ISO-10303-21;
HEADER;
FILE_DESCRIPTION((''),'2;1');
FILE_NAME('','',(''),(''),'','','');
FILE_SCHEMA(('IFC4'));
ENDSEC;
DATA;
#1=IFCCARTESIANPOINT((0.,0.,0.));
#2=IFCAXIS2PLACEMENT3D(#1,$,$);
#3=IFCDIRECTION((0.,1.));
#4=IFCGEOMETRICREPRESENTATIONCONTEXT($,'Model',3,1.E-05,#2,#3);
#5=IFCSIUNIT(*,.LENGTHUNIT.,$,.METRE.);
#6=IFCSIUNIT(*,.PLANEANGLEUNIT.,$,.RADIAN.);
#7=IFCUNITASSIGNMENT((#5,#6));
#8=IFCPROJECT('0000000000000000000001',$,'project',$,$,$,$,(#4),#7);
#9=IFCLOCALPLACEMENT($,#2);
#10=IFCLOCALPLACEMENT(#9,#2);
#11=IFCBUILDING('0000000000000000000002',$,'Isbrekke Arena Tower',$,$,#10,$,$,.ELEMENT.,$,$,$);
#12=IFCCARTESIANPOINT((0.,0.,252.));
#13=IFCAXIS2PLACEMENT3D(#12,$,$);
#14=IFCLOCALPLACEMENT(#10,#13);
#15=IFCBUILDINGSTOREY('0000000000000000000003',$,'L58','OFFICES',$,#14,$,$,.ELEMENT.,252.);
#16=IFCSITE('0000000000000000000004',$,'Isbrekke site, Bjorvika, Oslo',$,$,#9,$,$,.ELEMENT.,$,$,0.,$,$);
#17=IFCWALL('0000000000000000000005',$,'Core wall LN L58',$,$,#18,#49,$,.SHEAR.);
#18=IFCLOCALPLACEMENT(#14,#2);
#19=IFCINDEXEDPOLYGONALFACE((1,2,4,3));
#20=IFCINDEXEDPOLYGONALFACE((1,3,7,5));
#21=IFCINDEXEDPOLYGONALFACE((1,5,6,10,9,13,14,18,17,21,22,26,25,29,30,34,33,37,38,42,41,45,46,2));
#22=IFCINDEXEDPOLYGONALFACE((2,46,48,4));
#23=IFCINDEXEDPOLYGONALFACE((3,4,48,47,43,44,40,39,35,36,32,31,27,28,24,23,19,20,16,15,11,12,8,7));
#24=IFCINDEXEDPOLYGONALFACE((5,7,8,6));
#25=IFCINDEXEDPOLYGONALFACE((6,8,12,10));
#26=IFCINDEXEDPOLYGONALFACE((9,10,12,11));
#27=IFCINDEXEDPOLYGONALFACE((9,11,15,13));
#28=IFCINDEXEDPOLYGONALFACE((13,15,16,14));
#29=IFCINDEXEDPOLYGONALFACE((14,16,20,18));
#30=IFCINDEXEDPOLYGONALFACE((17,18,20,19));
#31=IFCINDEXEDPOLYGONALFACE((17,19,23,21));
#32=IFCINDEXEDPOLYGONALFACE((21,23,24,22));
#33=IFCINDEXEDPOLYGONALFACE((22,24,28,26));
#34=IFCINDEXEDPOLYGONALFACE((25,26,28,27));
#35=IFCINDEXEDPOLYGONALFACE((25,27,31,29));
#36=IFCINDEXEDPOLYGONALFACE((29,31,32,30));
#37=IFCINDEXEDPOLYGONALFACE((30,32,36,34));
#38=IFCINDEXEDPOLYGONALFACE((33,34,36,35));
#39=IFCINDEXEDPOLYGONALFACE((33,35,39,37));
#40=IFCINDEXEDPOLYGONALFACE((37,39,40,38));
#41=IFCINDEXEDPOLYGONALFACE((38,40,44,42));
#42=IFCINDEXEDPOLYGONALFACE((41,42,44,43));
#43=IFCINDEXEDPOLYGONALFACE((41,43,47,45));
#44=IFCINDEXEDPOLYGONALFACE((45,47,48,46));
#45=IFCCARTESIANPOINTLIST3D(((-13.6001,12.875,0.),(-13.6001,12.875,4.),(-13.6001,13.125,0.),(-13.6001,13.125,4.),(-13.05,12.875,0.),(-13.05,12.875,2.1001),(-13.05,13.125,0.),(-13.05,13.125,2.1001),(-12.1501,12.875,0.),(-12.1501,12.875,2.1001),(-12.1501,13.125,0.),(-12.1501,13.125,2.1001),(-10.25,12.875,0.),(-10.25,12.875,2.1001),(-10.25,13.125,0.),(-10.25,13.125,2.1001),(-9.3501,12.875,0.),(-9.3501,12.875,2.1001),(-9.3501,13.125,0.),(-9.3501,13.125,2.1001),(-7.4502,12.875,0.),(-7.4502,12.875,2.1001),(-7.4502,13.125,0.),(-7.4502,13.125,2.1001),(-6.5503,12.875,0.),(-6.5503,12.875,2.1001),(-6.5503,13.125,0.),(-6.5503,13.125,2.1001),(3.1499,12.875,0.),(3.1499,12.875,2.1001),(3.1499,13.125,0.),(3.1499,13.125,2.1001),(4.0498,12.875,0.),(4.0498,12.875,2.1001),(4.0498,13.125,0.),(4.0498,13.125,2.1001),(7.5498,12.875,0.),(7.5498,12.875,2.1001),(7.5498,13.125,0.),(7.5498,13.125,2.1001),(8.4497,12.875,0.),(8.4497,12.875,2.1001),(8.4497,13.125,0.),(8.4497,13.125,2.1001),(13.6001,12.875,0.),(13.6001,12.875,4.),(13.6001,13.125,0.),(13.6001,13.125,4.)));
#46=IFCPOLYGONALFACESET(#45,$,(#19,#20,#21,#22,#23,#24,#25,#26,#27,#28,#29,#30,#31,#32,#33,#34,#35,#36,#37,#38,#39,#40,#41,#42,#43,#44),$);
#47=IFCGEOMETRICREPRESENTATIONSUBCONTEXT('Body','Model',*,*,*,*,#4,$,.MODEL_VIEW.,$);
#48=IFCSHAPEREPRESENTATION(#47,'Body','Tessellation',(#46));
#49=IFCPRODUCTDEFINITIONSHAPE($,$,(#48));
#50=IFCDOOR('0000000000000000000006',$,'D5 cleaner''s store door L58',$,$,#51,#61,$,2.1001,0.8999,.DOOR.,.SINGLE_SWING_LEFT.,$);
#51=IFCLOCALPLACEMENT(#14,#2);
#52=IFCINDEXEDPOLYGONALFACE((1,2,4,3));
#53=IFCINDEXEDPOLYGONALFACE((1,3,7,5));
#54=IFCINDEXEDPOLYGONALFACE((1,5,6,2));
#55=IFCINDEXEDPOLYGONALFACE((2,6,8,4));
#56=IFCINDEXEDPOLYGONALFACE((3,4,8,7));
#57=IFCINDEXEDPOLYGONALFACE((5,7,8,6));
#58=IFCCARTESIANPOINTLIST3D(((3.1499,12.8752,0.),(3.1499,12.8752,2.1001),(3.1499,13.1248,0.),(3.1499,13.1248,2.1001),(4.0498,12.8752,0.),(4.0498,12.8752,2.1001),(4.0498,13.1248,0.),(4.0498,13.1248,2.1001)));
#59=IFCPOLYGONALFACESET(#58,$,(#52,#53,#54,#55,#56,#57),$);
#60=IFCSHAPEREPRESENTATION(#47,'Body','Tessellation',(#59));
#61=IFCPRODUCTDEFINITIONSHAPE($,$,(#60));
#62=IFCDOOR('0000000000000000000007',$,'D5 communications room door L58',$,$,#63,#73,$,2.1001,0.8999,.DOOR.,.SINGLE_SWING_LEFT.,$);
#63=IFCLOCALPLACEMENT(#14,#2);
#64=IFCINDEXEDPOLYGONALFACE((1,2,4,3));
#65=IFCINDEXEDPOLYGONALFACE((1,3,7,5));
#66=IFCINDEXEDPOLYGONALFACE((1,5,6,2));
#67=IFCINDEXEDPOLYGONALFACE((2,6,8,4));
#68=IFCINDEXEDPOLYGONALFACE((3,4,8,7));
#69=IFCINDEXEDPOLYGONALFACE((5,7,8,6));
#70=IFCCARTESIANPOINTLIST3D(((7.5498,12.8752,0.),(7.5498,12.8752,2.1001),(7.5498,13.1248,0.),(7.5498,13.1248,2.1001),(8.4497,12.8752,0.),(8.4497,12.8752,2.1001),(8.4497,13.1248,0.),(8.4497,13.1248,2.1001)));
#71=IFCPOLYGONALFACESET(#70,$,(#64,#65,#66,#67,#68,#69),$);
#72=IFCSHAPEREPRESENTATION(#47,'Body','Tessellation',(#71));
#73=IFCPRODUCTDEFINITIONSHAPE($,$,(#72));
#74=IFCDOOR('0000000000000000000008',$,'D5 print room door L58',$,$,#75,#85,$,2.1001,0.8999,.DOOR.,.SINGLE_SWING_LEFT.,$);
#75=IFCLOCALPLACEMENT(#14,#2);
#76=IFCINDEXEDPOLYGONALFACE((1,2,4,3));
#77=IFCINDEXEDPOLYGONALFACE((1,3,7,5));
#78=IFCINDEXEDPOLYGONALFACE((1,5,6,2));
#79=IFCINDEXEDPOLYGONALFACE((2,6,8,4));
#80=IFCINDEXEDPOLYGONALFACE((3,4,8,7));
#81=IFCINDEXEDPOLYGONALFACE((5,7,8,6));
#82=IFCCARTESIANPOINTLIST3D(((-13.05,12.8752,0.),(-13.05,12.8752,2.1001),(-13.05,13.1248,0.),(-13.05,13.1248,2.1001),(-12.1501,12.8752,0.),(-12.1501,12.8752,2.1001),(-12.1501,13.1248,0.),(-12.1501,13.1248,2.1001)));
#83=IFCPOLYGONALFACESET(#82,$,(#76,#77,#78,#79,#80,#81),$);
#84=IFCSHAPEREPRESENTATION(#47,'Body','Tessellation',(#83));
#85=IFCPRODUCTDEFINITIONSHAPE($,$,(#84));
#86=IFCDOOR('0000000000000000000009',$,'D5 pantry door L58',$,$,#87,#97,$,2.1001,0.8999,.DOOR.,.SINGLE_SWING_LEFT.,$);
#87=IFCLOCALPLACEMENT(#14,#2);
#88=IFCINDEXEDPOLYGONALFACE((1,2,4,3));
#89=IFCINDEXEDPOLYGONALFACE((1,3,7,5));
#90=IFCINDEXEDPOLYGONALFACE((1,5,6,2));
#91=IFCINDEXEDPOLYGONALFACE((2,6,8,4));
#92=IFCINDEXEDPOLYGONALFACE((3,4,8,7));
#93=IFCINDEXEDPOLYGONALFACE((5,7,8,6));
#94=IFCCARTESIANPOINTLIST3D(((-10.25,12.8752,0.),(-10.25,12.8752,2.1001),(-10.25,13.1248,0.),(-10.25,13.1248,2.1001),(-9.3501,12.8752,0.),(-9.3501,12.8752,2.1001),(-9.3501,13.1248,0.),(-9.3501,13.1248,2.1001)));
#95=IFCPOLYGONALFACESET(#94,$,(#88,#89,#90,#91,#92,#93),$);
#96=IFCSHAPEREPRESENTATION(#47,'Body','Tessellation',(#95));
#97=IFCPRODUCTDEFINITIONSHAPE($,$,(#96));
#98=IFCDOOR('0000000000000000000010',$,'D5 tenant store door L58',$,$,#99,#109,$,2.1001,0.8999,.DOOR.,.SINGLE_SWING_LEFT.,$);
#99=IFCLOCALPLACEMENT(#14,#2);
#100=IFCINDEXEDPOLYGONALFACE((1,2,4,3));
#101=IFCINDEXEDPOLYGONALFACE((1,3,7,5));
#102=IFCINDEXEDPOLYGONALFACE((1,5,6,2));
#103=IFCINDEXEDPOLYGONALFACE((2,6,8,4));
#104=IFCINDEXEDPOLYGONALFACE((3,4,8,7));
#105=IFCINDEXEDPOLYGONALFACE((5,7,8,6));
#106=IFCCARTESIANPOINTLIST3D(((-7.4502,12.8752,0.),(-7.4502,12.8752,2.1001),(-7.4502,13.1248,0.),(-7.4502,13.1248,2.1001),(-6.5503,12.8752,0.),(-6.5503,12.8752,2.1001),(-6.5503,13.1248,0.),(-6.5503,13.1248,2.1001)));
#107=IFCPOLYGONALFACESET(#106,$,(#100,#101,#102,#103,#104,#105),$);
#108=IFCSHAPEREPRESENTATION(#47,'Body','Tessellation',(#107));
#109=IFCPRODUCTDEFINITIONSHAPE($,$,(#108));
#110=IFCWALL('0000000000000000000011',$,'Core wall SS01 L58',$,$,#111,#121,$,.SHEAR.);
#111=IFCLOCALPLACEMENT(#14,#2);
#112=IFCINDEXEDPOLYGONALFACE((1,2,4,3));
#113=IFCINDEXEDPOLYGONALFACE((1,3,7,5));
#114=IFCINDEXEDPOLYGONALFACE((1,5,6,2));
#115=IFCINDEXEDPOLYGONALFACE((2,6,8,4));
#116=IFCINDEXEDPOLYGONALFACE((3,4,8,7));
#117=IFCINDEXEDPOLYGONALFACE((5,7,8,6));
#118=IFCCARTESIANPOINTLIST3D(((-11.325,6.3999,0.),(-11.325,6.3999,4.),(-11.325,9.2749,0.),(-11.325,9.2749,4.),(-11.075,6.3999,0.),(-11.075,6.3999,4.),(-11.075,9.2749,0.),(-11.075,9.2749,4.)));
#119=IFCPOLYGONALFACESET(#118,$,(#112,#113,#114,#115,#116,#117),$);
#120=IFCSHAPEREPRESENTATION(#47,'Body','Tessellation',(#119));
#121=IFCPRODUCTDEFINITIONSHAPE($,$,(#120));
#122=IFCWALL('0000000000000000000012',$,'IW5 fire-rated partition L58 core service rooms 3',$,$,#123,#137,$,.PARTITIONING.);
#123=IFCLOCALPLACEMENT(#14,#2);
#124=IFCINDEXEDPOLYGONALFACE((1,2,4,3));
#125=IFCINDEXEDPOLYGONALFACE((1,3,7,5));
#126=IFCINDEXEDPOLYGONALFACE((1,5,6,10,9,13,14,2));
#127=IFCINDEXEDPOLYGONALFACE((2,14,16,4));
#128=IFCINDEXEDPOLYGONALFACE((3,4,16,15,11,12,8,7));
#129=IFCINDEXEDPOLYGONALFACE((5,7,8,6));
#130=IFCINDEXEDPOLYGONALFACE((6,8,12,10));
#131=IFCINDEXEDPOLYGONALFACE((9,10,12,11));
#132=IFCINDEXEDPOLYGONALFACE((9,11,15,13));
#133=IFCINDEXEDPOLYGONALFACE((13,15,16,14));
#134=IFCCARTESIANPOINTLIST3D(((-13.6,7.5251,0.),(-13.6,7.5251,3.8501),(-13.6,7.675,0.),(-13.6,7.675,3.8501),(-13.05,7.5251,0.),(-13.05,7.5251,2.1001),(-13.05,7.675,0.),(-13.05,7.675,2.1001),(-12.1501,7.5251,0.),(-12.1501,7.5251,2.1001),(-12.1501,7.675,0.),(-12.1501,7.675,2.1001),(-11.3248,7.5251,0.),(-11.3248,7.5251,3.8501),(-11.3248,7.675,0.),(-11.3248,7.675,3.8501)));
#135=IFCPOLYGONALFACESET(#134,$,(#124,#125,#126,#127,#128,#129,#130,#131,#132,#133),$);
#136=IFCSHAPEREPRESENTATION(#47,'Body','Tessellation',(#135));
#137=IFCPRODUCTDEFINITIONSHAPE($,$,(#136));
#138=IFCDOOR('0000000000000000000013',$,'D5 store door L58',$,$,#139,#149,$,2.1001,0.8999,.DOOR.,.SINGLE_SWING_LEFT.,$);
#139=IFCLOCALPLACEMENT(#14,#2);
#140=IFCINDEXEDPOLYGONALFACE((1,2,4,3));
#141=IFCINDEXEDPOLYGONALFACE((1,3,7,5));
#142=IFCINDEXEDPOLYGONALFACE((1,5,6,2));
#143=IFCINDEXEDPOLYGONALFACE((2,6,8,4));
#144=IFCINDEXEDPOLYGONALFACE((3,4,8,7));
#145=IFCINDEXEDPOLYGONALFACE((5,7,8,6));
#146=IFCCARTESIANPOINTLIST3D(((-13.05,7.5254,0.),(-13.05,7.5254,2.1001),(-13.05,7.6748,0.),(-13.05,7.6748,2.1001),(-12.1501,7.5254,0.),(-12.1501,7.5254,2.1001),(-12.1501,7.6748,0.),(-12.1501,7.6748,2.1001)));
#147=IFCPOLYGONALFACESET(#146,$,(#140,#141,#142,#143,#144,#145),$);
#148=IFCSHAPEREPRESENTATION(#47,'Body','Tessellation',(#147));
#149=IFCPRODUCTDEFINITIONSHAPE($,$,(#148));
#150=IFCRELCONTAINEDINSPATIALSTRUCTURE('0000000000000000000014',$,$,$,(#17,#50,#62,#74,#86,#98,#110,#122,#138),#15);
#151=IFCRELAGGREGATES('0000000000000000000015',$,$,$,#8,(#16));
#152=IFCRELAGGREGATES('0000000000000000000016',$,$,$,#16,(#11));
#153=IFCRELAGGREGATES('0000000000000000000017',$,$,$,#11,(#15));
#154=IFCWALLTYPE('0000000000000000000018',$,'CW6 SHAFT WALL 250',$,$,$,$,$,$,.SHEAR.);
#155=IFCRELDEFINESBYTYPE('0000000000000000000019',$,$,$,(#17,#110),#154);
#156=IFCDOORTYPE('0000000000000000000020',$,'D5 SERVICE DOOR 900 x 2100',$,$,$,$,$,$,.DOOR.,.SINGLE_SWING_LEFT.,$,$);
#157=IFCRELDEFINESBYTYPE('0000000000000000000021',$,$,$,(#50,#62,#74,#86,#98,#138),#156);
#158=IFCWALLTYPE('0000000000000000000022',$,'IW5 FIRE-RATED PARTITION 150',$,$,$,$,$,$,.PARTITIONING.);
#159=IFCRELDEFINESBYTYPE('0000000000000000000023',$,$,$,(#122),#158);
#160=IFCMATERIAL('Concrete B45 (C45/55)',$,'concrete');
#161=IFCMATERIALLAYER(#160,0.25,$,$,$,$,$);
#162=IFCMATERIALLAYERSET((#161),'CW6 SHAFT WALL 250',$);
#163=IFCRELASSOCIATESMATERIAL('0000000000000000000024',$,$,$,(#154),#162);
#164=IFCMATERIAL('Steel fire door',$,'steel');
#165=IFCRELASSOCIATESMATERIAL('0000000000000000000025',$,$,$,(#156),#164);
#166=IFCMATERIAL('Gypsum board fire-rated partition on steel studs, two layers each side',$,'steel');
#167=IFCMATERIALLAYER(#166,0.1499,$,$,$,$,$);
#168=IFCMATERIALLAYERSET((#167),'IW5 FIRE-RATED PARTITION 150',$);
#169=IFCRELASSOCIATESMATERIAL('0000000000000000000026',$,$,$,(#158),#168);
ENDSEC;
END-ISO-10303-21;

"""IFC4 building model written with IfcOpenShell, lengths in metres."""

from ifc_helpers import new_model, si_unit, direction, frame, frame_2d, origin, place, context, subcontext, project, spatial, rectangle, extrude, material, layer, layer_set, type_object, element, fill, save


model = new_model("IFC4")

# Units and contexts
model_context = context("Model", 3, precision=1e-05, world=origin(), true_north=direction((0.0, 1.0)))
body_context = subcontext(model_context, "Body", "Model", "MODEL_VIEW")
ifc_project = project(units=[si_unit("LENGTHUNIT", "METRE"), si_unit("PLANEANGLEUNIT", "RADIAN")], contexts=[model_context])

# Site, building, storey
site_placement = place(None, origin())
site = spatial("IfcSite", under=ifc_project, at=site_placement, Name="Isbrekke site, Bjorvika, Oslo", CompositionType="ELEMENT", RefElevation=0.0)
building_placement = place(site_placement, origin())
building = spatial("IfcBuilding", under=site, at=building_placement, Name="Isbrekke Arena Tower", CompositionType="ELEMENT")
storey_placement = place(building_placement, frame((0.0, 0.0, 252.0)))
storey = spatial("IfcBuildingStorey", under=building, at=storey_placement, Name="L58", Description="OFFICES", CompositionType="ELEMENT", Elevation=252.0)

# Wall, openings, doors
ifc_material_1 = material(Name="Concrete B45 (C45/55)", Category="concrete")
ifc_layer_1 = layer(ifc_material_1, 0.25)
ifc_layer_set_1 = layer_set([ifc_layer_1], Name="CW6 SHAFT WALL 250")
wall_type_1 = type_object("IfcWallType", Name="CW6 SHAFT WALL 250", PredefinedType="SHEAR", material=ifc_layer_set_1)
ifc_material_2 = material(Name="Steel fire door", Category="steel")
door_type_1 = type_object("IfcDoorType", Name="D5 SERVICE DOOR 900 x 2100", OperationType="SINGLE_SWING_LEFT", PredefinedType="DOOR", material=ifc_material_2)
wall_1_placement = place(storey_placement, frame((-13.6001, 13.0, 0.0), z_axis=(0.0, 0.0, 1.0), x_axis=(1.0, 0.0, 0.0)))
wall_1 = element("IfcWall", 1, at=wall_1_placement, inside=storey, type_object=wall_type_1, Name="Core wall LN L58", PredefinedType="SHEAR", context=body_context, shape_type="SweptSolid", body=[
    extrude(rectangle(XDim=27.2002, YDim=0.25, at=frame_2d((13.6001, 0.0))), origin(), (0.0, 0.0, 1.0), 4.0),
])
opening_1_placement = place(wall_1_placement, frame((16.75, 0.0, 0.0)))
opening_1 = element("IfcOpeningElement", 2, at=opening_1_placement, cuts=wall_1, PredefinedType="OPENING", context=body_context, shape_type="SweptSolid", body=[
    extrude(rectangle(XDim=0.8999, YDim=2.1001, at=frame_2d((0.45, 1.05))), frame((0.0, 0.1399, 0.0), z_axis=(0.0, -1.0, 0.0), x_axis=(1.0, 0.0, 0.0)), (0.0, 0.0, 1.0), 0.2798),
])
opening_2_placement = place(wall_1_placement, frame((21.1499, 0.0, 0.0)))
opening_2 = element("IfcOpeningElement", 3, at=opening_2_placement, cuts=wall_1, PredefinedType="OPENING", context=body_context, shape_type="SweptSolid", body=[
    extrude(rectangle(XDim=0.8999, YDim=2.1001, at=frame_2d((0.45, 1.05))), frame((0.0, 0.1399, 0.0), z_axis=(0.0, -1.0, 0.0), x_axis=(1.0, 0.0, 0.0)), (0.0, 0.0, 1.0), 0.2798),
])
opening_3_placement = place(wall_1_placement, frame((0.55, 0.0, 0.0)))
opening_3 = element("IfcOpeningElement", 4, at=opening_3_placement, cuts=wall_1, PredefinedType="OPENING", context=body_context, shape_type="SweptSolid", body=[
    extrude(rectangle(XDim=0.8999, YDim=2.1001, at=frame_2d((0.45, 1.05))), frame((0.0, 0.1399, 0.0), z_axis=(0.0, -1.0, 0.0), x_axis=(1.0, 0.0, 0.0)), (0.0, 0.0, 1.0), 0.2798),
])
opening_4_placement = place(wall_1_placement, frame((3.3501, 0.0, 0.0)))
opening_4 = element("IfcOpeningElement", 5, at=opening_4_placement, cuts=wall_1, PredefinedType="OPENING", context=body_context, shape_type="SweptSolid", body=[
    extrude(rectangle(XDim=0.8999, YDim=2.1001, at=frame_2d((0.45, 1.05))), frame((0.0, 0.1399, 0.0), z_axis=(0.0, -1.0, 0.0), x_axis=(1.0, 0.0, 0.0)), (0.0, 0.0, 1.0), 0.2798),
])
opening_5_placement = place(wall_1_placement, frame((6.1499, 0.0, 0.0)))
opening_5 = element("IfcOpeningElement", 6, at=opening_5_placement, cuts=wall_1, PredefinedType="OPENING", context=body_context, shape_type="SweptSolid", body=[
    extrude(rectangle(XDim=0.8999, YDim=2.1001, at=frame_2d((0.45, 1.05))), frame((0.0, 0.1399, 0.0), z_axis=(0.0, -1.0, 0.0), x_axis=(1.0, 0.0, 0.0)), (0.0, 0.0, 1.0), 0.2798),
])
door_1_placement = place(opening_1_placement, origin())
door_1 = element("IfcDoor", 7, at=door_1_placement, inside=storey, type_object=door_type_1, Name="D5 cleaner's store door L58", OperationType="SINGLE_SWING_LEFT", OverallHeight=2.1001, OverallWidth=0.8999, PredefinedType="DOOR", context=body_context, shape_type="SweptSolid", body=[
    extrude(rectangle(XDim=0.8999, YDim=2.1001, at=frame_2d((0.45, 1.05))), frame((0.0, 0.1248, 0.0), z_axis=(0.0, -1.0, 0.0), x_axis=(1.0, 0.0, 0.0)), (0.0, 0.0, 1.0), 0.2495),
])
fill(opening_1, door_1)
door_2_placement = place(opening_2_placement, origin())
door_2 = element("IfcDoor", 8, at=door_2_placement, inside=storey, type_object=door_type_1, Name="D5 communications room door L58", OperationType="SINGLE_SWING_LEFT", OverallHeight=2.1001, OverallWidth=0.8999, PredefinedType="DOOR", context=body_context, shape_type="SweptSolid", body=[
    extrude(rectangle(XDim=0.8999, YDim=2.1001, at=frame_2d((0.45, 1.05))), frame((0.0, 0.1248, 0.0), z_axis=(0.0, -1.0, 0.0), x_axis=(1.0, 0.0, 0.0)), (0.0, 0.0, 1.0), 0.2495),
])
fill(opening_2, door_2)
door_3_placement = place(opening_3_placement, origin())
door_3 = element("IfcDoor", 9, at=door_3_placement, inside=storey, type_object=door_type_1, Name="D5 print room door L58", OperationType="SINGLE_SWING_LEFT", OverallHeight=2.1001, OverallWidth=0.8999, PredefinedType="DOOR", context=body_context, shape_type="SweptSolid", body=[
    extrude(rectangle(XDim=0.8999, YDim=2.1001, at=frame_2d((0.45, 1.05))), frame((0.0, 0.1248, 0.0), z_axis=(0.0, -1.0, 0.0), x_axis=(1.0, 0.0, 0.0)), (0.0, 0.0, 1.0), 0.2495),
])
fill(opening_3, door_3)
door_4_placement = place(opening_4_placement, origin())
door_4 = element("IfcDoor", 10, at=door_4_placement, inside=storey, type_object=door_type_1, Name="D5 pantry door L58", OperationType="SINGLE_SWING_LEFT", OverallHeight=2.1001, OverallWidth=0.8999, PredefinedType="DOOR", context=body_context, shape_type="SweptSolid", body=[
    extrude(rectangle(XDim=0.8999, YDim=2.1001, at=frame_2d((0.45, 1.05))), frame((0.0, 0.1248, 0.0), z_axis=(0.0, -1.0, 0.0), x_axis=(1.0, 0.0, 0.0)), (0.0, 0.0, 1.0), 0.2495),
])
fill(opening_4, door_4)
door_5_placement = place(opening_5_placement, origin())
door_5 = element("IfcDoor", 11, at=door_5_placement, inside=storey, type_object=door_type_1, Name="D5 tenant store door L58", OperationType="SINGLE_SWING_LEFT", OverallHeight=2.1001, OverallWidth=0.8999, PredefinedType="DOOR", context=body_context, shape_type="SweptSolid", body=[
    extrude(rectangle(XDim=0.8999, YDim=2.1001, at=frame_2d((0.45, 1.05))), frame((0.0, 0.1248, 0.0), z_axis=(0.0, -1.0, 0.0), x_axis=(1.0, 0.0, 0.0)), (0.0, 0.0, 1.0), 0.2495),
])
fill(opening_5, door_5)

# Wall
wall_2_placement = place(storey_placement, frame((-11.2, 6.3999, 0.0), z_axis=(0.0, 0.0, 1.0), x_axis=(0.0, 1.0, 0.0)))
element("IfcWall", 12, at=wall_2_placement, inside=storey, type_object=wall_type_1, Name="Core wall SS01 L58", PredefinedType="SHEAR", context=body_context, shape_type="SweptSolid", body=[
    extrude(rectangle(XDim=2.875, YDim=0.25, at=frame_2d((1.4375, 0.0))), origin(), (0.0, 0.0, 1.0), 4.0),
])

# Wall, opening, door
ifc_material_3 = material(Name="Gypsum board fire-rated partition on steel studs, two layers each side", Category="steel")
ifc_layer_2 = layer(ifc_material_3, 0.1499)
ifc_layer_set_2 = layer_set([ifc_layer_2], Name="IW5 FIRE-RATED PARTITION 150")
wall_type_2 = type_object("IfcWallType", Name="IW5 FIRE-RATED PARTITION 150", PredefinedType="PARTITIONING", material=ifc_layer_set_2)
wall_3_placement = place(storey_placement, frame((-13.6001, 7.6001, 0.0), z_axis=(0.0, 0.0, 1.0), x_axis=(1.0, 0.0, 0.0)))
wall_3 = element("IfcWall", 13, at=wall_3_placement, inside=storey, type_object=wall_type_2, Name="IW5 fire-rated partition L58 core service rooms 3", PredefinedType="PARTITIONING", context=body_context, shape_type="SweptSolid", body=[
    extrude(rectangle(XDim=2.2751, YDim=0.1499, at=frame_2d((1.1377, 0.0))), origin(), (0.0, 0.0, 1.0), 3.8501),
])
opening_6_placement = place(wall_3_placement, frame((0.55, 0.0, 0.0)))
opening_6 = element("IfcOpeningElement", 14, at=opening_6_placement, cuts=wall_3, PredefinedType="OPENING", context=body_context, shape_type="SweptSolid", body=[
    extrude(rectangle(XDim=0.8999, YDim=2.1001, at=frame_2d((0.45, 1.05))), frame((0.0, 0.0898, 0.0), z_axis=(0.0, -1.0, 0.0), x_axis=(1.0, 0.0, 0.0)), (0.0, 0.0, 1.0), 0.1797),
])
door_6_placement = place(opening_6_placement, origin())
door_6 = element("IfcDoor", 15, at=door_6_placement, inside=storey, type_object=door_type_1, Name="D5 store door L58", OperationType="SINGLE_SWING_LEFT", OverallHeight=2.1001, OverallWidth=0.8999, PredefinedType="DOOR", context=body_context, shape_type="SweptSolid", body=[
    extrude(rectangle(XDim=0.8999, YDim=2.1001, at=frame_2d((0.45, 1.05))), frame((0.0, 0.0747, 0.0), z_axis=(0.0, -1.0, 0.0), x_axis=(1.0, 0.0, 0.0)), (0.0, 0.0, 1.0), 0.1494),
])
fill(opening_6, door_6)

save(model, "model.ifc")
